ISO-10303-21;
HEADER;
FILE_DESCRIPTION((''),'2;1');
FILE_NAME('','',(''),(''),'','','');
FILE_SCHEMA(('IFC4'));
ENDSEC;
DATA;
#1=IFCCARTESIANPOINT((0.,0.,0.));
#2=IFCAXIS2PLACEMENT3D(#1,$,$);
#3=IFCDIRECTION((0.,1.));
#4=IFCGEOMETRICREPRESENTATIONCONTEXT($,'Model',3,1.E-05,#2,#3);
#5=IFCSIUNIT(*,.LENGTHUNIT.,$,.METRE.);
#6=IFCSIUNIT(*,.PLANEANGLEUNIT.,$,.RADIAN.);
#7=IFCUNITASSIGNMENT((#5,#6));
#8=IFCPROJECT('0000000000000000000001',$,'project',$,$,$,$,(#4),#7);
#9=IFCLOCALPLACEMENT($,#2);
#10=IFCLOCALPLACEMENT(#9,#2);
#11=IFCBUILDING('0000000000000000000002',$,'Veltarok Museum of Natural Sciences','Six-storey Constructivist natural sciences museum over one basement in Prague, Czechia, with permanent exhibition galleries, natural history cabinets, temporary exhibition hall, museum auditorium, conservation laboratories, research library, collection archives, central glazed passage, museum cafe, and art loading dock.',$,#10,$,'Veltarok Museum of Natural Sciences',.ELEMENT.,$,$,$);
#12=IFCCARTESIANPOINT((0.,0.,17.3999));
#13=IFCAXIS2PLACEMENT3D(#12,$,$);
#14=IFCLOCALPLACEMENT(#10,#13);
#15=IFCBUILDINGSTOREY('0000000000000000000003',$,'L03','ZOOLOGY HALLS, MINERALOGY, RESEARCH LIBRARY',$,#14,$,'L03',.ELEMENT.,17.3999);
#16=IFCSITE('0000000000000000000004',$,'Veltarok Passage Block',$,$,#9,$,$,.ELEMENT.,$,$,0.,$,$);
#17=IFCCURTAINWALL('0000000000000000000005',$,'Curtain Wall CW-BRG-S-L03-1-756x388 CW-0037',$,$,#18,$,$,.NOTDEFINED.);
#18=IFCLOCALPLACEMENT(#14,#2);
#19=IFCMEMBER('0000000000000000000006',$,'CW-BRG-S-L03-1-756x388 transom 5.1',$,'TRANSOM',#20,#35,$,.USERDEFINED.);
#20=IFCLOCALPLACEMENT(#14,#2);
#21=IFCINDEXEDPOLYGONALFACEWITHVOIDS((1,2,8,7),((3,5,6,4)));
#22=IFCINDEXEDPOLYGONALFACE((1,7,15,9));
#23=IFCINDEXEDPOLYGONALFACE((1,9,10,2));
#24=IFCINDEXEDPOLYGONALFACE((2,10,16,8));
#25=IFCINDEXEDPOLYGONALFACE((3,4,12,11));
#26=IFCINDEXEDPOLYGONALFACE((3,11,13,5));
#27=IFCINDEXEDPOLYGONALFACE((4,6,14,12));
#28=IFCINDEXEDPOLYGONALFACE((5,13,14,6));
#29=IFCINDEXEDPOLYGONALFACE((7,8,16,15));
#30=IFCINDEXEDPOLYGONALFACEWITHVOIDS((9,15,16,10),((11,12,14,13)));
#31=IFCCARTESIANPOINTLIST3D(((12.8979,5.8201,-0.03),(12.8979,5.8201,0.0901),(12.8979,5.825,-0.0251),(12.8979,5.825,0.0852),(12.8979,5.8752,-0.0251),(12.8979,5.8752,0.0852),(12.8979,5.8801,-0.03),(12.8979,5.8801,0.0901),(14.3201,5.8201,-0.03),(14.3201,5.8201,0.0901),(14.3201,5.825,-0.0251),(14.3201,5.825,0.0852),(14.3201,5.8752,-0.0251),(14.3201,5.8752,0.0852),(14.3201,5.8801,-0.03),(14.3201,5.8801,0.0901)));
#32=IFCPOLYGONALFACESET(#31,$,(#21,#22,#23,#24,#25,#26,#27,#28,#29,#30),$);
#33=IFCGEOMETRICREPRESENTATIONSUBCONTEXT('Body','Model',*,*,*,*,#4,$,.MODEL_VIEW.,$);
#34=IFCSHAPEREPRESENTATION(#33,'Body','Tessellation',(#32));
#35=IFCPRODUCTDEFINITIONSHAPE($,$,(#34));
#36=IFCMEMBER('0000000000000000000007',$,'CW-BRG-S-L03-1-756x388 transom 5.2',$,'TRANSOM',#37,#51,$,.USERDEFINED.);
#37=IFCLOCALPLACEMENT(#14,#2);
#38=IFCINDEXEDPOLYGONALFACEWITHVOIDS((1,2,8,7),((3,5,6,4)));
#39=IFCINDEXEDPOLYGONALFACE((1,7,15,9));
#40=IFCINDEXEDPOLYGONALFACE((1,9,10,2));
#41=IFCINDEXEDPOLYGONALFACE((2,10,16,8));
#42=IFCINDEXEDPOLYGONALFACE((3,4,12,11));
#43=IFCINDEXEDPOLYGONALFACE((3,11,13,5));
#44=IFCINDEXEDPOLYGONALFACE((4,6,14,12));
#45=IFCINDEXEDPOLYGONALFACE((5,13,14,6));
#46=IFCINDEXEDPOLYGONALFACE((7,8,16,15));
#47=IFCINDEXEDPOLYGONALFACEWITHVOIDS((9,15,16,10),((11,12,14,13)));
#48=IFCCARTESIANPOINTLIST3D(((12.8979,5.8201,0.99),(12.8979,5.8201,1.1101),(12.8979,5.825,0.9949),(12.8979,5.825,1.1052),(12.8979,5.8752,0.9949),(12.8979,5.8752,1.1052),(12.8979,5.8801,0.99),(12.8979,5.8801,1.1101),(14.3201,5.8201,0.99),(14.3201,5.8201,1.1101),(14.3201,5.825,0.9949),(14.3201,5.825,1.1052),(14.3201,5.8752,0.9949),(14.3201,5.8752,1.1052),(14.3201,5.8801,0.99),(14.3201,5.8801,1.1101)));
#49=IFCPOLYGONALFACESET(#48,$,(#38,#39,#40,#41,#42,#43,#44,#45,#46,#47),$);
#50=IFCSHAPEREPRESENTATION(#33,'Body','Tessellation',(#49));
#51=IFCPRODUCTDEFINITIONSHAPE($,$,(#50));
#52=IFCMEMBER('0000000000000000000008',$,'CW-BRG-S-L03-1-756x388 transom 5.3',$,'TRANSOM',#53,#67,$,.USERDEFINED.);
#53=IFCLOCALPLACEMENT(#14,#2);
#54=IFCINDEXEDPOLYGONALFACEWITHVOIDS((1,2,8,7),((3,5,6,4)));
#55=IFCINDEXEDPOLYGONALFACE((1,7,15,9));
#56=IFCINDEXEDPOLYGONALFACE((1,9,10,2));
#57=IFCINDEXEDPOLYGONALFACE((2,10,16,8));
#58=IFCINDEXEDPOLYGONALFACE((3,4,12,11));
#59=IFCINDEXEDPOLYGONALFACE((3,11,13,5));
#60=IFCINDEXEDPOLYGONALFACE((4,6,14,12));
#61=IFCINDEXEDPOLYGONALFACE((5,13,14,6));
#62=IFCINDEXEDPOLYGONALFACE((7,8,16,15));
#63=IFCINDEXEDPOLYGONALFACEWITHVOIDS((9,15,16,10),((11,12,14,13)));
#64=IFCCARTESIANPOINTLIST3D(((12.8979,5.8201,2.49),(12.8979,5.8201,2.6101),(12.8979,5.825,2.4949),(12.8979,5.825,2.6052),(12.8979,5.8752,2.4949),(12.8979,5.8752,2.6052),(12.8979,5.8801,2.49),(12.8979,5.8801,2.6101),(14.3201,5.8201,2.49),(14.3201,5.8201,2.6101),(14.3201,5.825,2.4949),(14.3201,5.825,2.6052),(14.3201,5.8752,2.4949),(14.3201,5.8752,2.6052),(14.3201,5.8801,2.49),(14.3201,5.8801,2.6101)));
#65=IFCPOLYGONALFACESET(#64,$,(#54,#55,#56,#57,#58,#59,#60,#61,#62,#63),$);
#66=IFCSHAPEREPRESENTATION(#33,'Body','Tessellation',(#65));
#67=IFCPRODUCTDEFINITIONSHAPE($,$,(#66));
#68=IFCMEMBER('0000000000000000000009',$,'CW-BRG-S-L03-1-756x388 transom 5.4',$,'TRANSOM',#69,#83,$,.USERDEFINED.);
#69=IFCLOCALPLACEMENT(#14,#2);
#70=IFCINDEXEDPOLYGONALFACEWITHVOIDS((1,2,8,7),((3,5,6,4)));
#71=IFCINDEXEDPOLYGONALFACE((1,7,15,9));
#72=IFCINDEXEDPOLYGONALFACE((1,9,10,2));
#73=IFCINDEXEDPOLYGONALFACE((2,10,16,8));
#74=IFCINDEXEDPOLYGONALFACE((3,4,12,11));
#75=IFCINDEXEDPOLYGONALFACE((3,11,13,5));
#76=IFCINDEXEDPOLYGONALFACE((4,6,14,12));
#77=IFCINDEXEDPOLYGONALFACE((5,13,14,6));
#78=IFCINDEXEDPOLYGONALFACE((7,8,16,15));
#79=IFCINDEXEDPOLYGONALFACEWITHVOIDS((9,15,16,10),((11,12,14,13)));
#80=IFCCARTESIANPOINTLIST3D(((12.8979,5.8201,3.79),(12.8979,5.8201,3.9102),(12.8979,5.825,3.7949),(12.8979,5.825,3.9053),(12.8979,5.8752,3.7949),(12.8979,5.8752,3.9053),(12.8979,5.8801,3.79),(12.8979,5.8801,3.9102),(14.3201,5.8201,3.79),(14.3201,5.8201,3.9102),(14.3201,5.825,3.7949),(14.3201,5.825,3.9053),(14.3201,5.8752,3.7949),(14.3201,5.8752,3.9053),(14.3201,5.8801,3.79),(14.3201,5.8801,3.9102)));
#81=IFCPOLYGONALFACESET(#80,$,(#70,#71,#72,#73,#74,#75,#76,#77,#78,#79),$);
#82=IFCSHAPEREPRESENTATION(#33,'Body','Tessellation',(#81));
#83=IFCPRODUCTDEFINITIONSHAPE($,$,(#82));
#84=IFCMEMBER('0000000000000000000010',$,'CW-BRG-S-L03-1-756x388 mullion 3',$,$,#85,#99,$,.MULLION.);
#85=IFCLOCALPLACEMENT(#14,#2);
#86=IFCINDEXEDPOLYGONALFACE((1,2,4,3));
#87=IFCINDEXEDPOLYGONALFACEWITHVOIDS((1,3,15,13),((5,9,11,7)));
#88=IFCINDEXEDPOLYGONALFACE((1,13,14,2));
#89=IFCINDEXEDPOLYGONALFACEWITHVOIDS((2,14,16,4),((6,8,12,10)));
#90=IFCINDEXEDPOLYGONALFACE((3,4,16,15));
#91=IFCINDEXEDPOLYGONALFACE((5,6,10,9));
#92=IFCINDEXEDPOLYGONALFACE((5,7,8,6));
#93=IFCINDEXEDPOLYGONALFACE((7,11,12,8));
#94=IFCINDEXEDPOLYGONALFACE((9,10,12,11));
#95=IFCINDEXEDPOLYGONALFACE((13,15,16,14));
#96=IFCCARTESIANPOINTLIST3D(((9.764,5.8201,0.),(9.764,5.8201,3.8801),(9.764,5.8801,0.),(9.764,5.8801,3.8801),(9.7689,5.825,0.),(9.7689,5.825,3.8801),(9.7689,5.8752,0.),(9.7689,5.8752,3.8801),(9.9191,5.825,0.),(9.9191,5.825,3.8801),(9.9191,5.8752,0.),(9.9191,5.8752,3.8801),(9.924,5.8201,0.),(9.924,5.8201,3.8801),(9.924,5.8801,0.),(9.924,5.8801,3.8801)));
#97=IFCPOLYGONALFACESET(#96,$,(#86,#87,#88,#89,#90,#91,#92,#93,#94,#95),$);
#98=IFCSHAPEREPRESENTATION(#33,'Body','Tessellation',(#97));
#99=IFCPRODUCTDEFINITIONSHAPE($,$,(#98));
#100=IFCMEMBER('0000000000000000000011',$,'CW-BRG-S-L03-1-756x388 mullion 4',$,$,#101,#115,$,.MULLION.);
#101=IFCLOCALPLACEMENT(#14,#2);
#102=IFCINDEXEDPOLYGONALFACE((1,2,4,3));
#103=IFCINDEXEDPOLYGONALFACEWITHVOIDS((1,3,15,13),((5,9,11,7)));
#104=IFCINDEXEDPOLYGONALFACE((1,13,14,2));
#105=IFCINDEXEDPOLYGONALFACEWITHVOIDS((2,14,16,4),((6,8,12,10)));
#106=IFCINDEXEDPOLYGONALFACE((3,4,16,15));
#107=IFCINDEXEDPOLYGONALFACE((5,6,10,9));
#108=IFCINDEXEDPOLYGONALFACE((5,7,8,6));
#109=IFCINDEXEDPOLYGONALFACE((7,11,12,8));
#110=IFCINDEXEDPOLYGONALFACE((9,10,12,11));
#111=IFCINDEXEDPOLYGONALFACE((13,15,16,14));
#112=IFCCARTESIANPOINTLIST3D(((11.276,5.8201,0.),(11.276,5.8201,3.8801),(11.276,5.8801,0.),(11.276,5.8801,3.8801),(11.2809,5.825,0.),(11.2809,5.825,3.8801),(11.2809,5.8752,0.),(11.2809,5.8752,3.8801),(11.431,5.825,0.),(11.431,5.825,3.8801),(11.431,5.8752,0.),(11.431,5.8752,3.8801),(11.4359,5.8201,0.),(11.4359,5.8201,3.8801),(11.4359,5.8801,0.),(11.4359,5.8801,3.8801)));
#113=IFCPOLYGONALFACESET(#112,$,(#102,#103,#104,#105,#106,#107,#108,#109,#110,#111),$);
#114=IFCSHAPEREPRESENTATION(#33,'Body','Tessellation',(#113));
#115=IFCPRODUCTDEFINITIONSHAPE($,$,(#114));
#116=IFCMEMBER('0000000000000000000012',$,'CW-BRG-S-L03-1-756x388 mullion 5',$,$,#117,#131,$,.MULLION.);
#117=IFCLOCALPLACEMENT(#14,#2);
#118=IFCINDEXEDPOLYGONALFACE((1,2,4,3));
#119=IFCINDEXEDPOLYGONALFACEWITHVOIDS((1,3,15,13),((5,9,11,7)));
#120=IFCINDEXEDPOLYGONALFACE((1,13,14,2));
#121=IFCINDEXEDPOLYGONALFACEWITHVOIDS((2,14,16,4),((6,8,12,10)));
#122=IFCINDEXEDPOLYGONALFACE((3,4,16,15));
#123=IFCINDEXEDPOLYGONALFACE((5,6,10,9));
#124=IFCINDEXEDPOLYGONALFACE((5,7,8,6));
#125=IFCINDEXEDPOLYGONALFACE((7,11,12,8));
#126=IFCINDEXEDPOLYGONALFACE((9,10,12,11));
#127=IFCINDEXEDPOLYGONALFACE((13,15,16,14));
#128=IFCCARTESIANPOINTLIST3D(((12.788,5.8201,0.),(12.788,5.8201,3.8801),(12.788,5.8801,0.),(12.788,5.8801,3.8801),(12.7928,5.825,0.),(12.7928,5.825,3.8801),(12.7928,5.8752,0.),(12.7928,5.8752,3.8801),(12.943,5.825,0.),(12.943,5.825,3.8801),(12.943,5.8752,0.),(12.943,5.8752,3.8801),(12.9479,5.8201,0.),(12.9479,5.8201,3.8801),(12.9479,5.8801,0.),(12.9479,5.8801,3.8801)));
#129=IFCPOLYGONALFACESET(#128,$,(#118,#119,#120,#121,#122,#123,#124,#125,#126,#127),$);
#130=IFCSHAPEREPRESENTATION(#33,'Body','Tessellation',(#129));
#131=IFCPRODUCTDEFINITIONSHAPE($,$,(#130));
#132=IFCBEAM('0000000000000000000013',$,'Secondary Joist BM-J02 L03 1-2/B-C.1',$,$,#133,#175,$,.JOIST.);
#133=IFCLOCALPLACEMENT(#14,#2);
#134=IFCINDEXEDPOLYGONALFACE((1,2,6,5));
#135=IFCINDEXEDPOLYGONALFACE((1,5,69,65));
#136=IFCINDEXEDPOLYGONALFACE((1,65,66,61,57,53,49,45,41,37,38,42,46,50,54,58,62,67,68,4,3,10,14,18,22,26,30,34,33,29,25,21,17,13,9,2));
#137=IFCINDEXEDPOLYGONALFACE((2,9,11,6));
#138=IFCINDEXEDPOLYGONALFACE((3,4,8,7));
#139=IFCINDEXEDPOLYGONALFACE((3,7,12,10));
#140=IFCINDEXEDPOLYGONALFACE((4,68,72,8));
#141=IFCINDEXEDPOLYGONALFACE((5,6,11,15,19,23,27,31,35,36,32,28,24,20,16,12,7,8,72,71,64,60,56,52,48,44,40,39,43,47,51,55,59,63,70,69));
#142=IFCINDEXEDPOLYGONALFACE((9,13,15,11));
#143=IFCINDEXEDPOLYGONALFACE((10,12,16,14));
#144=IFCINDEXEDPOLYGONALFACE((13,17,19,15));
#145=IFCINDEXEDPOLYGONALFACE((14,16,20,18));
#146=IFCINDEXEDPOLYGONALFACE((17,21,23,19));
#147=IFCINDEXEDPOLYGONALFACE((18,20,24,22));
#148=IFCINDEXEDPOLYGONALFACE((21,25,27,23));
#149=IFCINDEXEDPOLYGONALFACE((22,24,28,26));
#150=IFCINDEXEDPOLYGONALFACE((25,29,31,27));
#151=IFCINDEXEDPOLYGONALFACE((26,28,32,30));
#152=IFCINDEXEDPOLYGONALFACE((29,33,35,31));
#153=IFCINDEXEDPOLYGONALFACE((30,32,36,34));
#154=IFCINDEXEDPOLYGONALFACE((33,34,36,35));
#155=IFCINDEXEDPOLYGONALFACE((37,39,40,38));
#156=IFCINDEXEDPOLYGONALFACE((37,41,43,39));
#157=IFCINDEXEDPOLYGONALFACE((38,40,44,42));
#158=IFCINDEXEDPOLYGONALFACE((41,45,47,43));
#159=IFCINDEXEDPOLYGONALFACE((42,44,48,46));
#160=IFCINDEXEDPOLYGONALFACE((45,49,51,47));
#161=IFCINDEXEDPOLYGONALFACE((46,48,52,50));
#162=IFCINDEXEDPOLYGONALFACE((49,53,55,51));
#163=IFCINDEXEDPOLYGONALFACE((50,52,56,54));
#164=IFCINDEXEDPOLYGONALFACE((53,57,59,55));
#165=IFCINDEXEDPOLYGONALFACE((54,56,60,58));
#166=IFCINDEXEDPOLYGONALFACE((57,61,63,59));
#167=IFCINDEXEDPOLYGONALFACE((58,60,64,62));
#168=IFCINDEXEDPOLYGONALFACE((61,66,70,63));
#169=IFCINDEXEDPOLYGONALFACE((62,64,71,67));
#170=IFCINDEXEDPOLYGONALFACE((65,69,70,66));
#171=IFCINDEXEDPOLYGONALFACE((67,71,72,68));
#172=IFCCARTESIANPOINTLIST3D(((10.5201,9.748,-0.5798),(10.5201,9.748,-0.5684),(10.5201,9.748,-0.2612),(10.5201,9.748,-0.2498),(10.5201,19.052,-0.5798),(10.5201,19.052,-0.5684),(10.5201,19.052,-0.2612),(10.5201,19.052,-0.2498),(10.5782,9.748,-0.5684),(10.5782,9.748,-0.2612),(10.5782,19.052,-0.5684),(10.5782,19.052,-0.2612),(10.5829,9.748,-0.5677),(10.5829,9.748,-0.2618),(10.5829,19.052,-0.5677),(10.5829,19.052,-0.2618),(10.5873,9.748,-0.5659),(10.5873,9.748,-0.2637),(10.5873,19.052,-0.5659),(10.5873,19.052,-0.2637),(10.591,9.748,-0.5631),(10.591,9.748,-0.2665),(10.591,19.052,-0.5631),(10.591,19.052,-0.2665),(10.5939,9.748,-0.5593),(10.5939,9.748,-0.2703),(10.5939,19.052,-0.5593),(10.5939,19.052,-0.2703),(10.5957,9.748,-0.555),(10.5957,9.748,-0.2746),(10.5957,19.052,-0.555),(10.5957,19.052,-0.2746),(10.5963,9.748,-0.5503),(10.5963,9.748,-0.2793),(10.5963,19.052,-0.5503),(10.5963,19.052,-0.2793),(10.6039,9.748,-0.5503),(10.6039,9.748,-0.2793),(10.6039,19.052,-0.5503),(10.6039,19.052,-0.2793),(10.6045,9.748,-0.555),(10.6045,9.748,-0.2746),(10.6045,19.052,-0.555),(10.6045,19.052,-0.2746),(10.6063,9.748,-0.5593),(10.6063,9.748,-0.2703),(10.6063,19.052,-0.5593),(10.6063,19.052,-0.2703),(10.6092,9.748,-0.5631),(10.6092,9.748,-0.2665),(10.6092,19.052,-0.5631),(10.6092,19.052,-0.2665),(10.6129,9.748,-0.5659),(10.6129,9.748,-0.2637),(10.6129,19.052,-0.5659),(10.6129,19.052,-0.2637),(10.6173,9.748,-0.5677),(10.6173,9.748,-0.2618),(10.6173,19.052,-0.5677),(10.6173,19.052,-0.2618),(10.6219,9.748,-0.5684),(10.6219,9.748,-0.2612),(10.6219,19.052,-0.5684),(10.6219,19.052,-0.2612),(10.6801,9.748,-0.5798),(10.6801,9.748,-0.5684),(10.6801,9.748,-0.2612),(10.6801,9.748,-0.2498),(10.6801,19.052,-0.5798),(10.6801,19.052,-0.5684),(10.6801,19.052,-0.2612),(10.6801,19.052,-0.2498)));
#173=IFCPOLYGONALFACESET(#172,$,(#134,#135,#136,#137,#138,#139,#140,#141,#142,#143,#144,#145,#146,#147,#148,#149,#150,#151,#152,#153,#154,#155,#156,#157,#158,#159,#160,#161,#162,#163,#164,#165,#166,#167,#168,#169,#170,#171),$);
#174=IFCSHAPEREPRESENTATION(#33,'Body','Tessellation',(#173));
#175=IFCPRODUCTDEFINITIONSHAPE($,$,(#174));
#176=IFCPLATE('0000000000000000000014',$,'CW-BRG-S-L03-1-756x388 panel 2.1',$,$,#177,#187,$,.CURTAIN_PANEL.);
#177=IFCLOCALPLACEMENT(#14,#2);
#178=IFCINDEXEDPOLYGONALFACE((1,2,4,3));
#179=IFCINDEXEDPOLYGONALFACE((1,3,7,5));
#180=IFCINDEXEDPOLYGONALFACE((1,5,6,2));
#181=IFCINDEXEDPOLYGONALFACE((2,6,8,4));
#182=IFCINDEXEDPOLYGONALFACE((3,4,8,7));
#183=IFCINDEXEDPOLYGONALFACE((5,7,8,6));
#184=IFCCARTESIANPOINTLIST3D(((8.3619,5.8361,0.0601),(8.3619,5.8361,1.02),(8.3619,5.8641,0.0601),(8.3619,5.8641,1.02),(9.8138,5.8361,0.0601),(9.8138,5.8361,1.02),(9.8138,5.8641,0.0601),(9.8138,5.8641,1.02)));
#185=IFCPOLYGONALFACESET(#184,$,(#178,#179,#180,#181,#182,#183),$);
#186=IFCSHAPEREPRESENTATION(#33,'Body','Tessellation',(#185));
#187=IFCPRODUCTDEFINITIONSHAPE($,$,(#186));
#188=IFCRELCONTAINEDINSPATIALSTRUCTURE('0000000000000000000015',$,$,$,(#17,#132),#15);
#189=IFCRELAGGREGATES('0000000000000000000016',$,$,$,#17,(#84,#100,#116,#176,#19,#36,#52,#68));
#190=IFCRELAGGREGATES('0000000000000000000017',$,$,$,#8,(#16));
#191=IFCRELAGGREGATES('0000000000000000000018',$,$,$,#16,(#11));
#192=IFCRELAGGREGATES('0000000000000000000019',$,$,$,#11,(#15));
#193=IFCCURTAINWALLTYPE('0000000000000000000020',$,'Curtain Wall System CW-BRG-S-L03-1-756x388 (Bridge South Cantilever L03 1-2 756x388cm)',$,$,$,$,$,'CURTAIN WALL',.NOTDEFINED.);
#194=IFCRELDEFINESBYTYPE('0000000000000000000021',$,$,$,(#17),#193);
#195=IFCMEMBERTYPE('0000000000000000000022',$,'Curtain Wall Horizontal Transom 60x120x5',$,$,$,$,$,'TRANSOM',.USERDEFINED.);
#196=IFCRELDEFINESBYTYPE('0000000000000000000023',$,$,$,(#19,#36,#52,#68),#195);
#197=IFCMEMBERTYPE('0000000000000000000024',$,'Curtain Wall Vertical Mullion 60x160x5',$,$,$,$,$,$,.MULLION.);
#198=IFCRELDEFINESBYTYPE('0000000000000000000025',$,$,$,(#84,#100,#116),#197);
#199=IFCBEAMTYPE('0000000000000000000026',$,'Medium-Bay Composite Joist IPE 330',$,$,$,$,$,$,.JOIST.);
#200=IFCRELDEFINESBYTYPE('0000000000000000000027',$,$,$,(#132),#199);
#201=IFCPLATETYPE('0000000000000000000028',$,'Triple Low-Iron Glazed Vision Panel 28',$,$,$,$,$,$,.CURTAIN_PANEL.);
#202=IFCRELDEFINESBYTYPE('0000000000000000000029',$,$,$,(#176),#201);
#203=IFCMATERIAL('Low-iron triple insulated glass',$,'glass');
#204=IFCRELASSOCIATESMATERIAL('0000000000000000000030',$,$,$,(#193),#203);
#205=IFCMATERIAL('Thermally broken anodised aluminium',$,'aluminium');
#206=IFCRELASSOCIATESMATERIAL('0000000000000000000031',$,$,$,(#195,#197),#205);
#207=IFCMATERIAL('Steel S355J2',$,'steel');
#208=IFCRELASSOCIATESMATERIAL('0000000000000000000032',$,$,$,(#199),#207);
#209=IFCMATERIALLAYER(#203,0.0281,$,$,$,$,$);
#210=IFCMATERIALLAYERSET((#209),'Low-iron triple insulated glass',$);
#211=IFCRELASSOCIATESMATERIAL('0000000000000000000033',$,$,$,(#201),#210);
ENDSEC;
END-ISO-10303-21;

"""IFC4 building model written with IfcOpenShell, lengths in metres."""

from ifc_helpers import new_model, si_unit, direction, frame, origin, origin_2d, place, context, subcontext, project, spatial, rectangle, hollow_rectangle, i_section, extrude, material, layer, layer_set, material_profile, profile_set, type_object, element, aggregate, save


model = new_model("IFC4")

# Units and contexts
model_context = context("Model", 3, precision=1e-05, world=origin(), true_north=direction((0.0, 1.0)))
body_context = subcontext(model_context, "Body", "Model", "MODEL_VIEW")
ifc_project = project(units=[si_unit("LENGTHUNIT", "METRE"), si_unit("PLANEANGLEUNIT", "RADIAN")], contexts=[model_context])

# Site, building, storey
site_placement = place(None, origin())
site = spatial("IfcSite", under=ifc_project, at=site_placement, Name="Veltarok Passage Block", CompositionType="ELEMENT", RefElevation=0.0)
building_placement = place(site_placement, origin())
building = spatial("IfcBuilding", under=site, at=building_placement, Name="Veltarok Museum of Natural Sciences", Description="Six-storey Constructivist natural sciences museum over one basement in Prague, Czechia, with permanent exhibition galleries, natural history cabinets, temporary exhibition hall, museum auditorium, conservation laboratories, research library, collection archives, central glazed passage, museum cafe, and art loading dock.", LongName="Veltarok Museum of Natural Sciences", CompositionType="ELEMENT")
storey_placement = place(building_placement, frame((0.0, 0.0, 17.3999)))
storey = spatial("IfcBuildingStorey", under=building, at=storey_placement, Name="L03", Description="ZOOLOGY HALLS, MINERALOGY, RESEARCH LIBRARY", LongName="L03", CompositionType="ELEMENT", Elevation=17.3999)

# Curtain wall, members
ifc_material_1 = material(Name="Low-iron triple insulated glass", Category="glass")
curtain_wall_type = type_object("IfcCurtainWallType", Name="Curtain Wall System CW-BRG-S-L03-1-756x388 (Bridge South Cantilever L03 1-2 756x388cm)", ElementType="CURTAIN WALL", PredefinedType="NOTDEFINED", material=ifc_material_1)
curtain_wall_placement = place(storey_placement, origin())
curtain_wall = element("IfcCurtainWall", 1, at=curtain_wall_placement, inside=storey, type_object=curtain_wall_type, Name="Curtain Wall CW-BRG-S-L03-1-756x388 CW-0037", PredefinedType="NOTDEFINED")
ifc_material_2 = material(Name="Thermally broken anodised aluminium", Category="aluminium")
ifc_material_profile_1 = material_profile(ifc_material_2, hollow_rectangle(XDim=0.0601, YDim=0.1201, WallThickness=0.0049, at=origin_2d()), Name="CW TRANSOM 60x120x5")
ifc_profile_set_1 = profile_set([ifc_material_profile_1], Name="Thermally broken anodised aluminium")
member_type_1 = type_object("IfcMemberType", Name="Curtain Wall Horizontal Transom 60x120x5", ElementType="TRANSOM", PredefinedType="USERDEFINED", material=ifc_profile_set_1)
member_1_placement = place(storey_placement, frame((12.8979, 5.8501, 0.03), z_axis=(1.0, 0.0, 0.0), x_axis=(0.0, 1.0, 0.0)))
member_1 = element("IfcMember", 2, at=member_1_placement, type_object=member_type_1, Name="CW-BRG-S-L03-1-756x388 transom 5.1", ObjectType="TRANSOM", PredefinedType="USERDEFINED", context=body_context, shape_type="SweptSolid", body=[
    extrude(hollow_rectangle(XDim=0.0601, YDim=0.1201, WallThickness=0.0049, at=origin_2d()), origin(), (0.0, 0.0, 1.0), 1.4221),
])
member_2_placement = place(storey_placement, frame((12.8979, 5.8501, 1.05), z_axis=(1.0, 0.0, 0.0), x_axis=(0.0, 1.0, 0.0)))
member_2 = element("IfcMember", 3, at=member_2_placement, type_object=member_type_1, Name="CW-BRG-S-L03-1-756x388 transom 5.2", ObjectType="TRANSOM", PredefinedType="USERDEFINED", context=body_context, shape_type="SweptSolid", body=[
    extrude(hollow_rectangle(XDim=0.0601, YDim=0.1201, WallThickness=0.0049, at=origin_2d()), origin(), (0.0, 0.0, 1.0), 1.4221),
])
member_3_placement = place(storey_placement, frame((12.8979, 5.8501, 2.55), z_axis=(1.0, 0.0, 0.0), x_axis=(0.0, 1.0, 0.0)))
member_3 = element("IfcMember", 4, at=member_3_placement, type_object=member_type_1, Name="CW-BRG-S-L03-1-756x388 transom 5.3", ObjectType="TRANSOM", PredefinedType="USERDEFINED", context=body_context, shape_type="SweptSolid", body=[
    extrude(hollow_rectangle(XDim=0.0601, YDim=0.1201, WallThickness=0.0049, at=origin_2d()), origin(), (0.0, 0.0, 1.0), 1.4221),
])
member_4_placement = place(storey_placement, frame((12.8979, 5.8501, 3.8501), z_axis=(1.0, 0.0, 0.0), x_axis=(0.0, 1.0, 0.0)))
member_4 = element("IfcMember", 5, at=member_4_placement, type_object=member_type_1, Name="CW-BRG-S-L03-1-756x388 transom 5.4", ObjectType="TRANSOM", PredefinedType="USERDEFINED", context=body_context, shape_type="SweptSolid", body=[
    extrude(hollow_rectangle(XDim=0.0601, YDim=0.1201, WallThickness=0.0049, at=origin_2d()), origin(), (0.0, 0.0, 1.0), 1.4221),
])
ifc_material_profile_2 = material_profile(ifc_material_2, hollow_rectangle(XDim=0.0601, YDim=0.1599, WallThickness=0.0049, at=origin_2d()), Name="CW MULLION 60x160x5")
ifc_profile_set_2 = profile_set([ifc_material_profile_2], Name="Thermally broken anodised aluminium")
member_type_2 = type_object("IfcMemberType", Name="Curtain Wall Vertical Mullion 60x160x5", PredefinedType="MULLION", material=ifc_profile_set_2)
member_5_placement = place(storey_placement, frame((9.844, 5.8501, 0.0), z_axis=(0.0, 0.0, 1.0), x_axis=(0.0, 1.0, 0.0)))
member_5 = element("IfcMember", 6, at=member_5_placement, type_object=member_type_2, Name="CW-BRG-S-L03-1-756x388 mullion 3", PredefinedType="MULLION", context=body_context, shape_type="SweptSolid", body=[
    extrude(hollow_rectangle(XDim=0.0601, YDim=0.1599, WallThickness=0.0049, at=origin_2d()), origin(), (0.0, 0.0, 1.0), 3.8801),
])
member_6_placement = place(storey_placement, frame((11.356, 5.8501, 0.0), z_axis=(0.0, 0.0, 1.0), x_axis=(0.0, 1.0, 0.0)))
member_6 = element("IfcMember", 7, at=member_6_placement, type_object=member_type_2, Name="CW-BRG-S-L03-1-756x388 mullion 4", PredefinedType="MULLION", context=body_context, shape_type="SweptSolid", body=[
    extrude(hollow_rectangle(XDim=0.0601, YDim=0.1599, WallThickness=0.0049, at=origin_2d()), origin(), (0.0, 0.0, 1.0), 3.8801),
])
member_7_placement = place(storey_placement, frame((12.8679, 5.8501, 0.0), z_axis=(0.0, 0.0, 1.0), x_axis=(0.0, 1.0, 0.0)))
member_7 = element("IfcMember", 8, at=member_7_placement, type_object=member_type_2, Name="CW-BRG-S-L03-1-756x388 mullion 5", PredefinedType="MULLION", context=body_context, shape_type="SweptSolid", body=[
    extrude(hollow_rectangle(XDim=0.0601, YDim=0.1599, WallThickness=0.0049, at=origin_2d()), origin(), (0.0, 0.0, 1.0), 3.8801),
])

# Beam
ifc_material_3 = material(Name="Steel S355J2", Category="steel")
ifc_material_profile_3 = material_profile(ifc_material_3, i_section(OverallWidth=0.1599, OverallDepth=0.3301, WebThickness=0.0076, FlangeThickness=0.0115, FilletRadius=0.0181, at=origin_2d()), Name="IPE 330")
ifc_profile_set_3 = profile_set([ifc_material_profile_3], Name="Steel S355J2")
beam_type = type_object("IfcBeamType", Name="Medium-Bay Composite Joist IPE 330", PredefinedType="JOIST", material=ifc_profile_set_3)
beam_placement = place(storey_placement, frame((10.6001, 9.748, -0.4148), z_axis=(0.0, 1.0, 0.0), x_axis=(-1.0, 0.0, 0.0)))
element("IfcBeam", 9, at=beam_placement, inside=storey, type_object=beam_type, Name="Secondary Joist BM-J02 L03 1-2/B-C.1", PredefinedType="JOIST", context=body_context, shape_type="SweptSolid", body=[
    extrude(i_section(OverallWidth=0.1599, OverallDepth=0.3301, WebThickness=0.0076, FlangeThickness=0.0115, FilletRadius=0.0181, at=origin_2d()), origin(), (0.0, 0.0, 1.0), 9.304),
])

# Plate
ifc_layer = layer(ifc_material_1, 0.0281)
ifc_layer_set = layer_set([ifc_layer], Name="Low-iron triple insulated glass")
plate_type = type_object("IfcPlateType", Name="Triple Low-Iron Glazed Vision Panel 28", PredefinedType="CURTAIN_PANEL", material=ifc_layer_set)
plate_1_placement = place(storey_placement, frame((9.0879, 5.8501, 0.0601), z_axis=(0.0, 0.0, 1.0), x_axis=(1.0, 0.0, 0.0)))
plate_1 = element("IfcPlate", 10, at=plate_1_placement, type_object=plate_type, Name="CW-BRG-S-L03-1-756x388 panel 2.1", PredefinedType="CURTAIN_PANEL", context=body_context, shape_type="SweptSolid", body=[
    extrude(rectangle(XDim=1.4519, YDim=0.0281, at=origin_2d()), origin(), (0.0, 0.0, 1.0), 0.96),
])
aggregate(curtain_wall, [member_5, member_6, member_7, plate_1, member_1, member_2, member_3, member_4])

save(model, "model.ifc")
